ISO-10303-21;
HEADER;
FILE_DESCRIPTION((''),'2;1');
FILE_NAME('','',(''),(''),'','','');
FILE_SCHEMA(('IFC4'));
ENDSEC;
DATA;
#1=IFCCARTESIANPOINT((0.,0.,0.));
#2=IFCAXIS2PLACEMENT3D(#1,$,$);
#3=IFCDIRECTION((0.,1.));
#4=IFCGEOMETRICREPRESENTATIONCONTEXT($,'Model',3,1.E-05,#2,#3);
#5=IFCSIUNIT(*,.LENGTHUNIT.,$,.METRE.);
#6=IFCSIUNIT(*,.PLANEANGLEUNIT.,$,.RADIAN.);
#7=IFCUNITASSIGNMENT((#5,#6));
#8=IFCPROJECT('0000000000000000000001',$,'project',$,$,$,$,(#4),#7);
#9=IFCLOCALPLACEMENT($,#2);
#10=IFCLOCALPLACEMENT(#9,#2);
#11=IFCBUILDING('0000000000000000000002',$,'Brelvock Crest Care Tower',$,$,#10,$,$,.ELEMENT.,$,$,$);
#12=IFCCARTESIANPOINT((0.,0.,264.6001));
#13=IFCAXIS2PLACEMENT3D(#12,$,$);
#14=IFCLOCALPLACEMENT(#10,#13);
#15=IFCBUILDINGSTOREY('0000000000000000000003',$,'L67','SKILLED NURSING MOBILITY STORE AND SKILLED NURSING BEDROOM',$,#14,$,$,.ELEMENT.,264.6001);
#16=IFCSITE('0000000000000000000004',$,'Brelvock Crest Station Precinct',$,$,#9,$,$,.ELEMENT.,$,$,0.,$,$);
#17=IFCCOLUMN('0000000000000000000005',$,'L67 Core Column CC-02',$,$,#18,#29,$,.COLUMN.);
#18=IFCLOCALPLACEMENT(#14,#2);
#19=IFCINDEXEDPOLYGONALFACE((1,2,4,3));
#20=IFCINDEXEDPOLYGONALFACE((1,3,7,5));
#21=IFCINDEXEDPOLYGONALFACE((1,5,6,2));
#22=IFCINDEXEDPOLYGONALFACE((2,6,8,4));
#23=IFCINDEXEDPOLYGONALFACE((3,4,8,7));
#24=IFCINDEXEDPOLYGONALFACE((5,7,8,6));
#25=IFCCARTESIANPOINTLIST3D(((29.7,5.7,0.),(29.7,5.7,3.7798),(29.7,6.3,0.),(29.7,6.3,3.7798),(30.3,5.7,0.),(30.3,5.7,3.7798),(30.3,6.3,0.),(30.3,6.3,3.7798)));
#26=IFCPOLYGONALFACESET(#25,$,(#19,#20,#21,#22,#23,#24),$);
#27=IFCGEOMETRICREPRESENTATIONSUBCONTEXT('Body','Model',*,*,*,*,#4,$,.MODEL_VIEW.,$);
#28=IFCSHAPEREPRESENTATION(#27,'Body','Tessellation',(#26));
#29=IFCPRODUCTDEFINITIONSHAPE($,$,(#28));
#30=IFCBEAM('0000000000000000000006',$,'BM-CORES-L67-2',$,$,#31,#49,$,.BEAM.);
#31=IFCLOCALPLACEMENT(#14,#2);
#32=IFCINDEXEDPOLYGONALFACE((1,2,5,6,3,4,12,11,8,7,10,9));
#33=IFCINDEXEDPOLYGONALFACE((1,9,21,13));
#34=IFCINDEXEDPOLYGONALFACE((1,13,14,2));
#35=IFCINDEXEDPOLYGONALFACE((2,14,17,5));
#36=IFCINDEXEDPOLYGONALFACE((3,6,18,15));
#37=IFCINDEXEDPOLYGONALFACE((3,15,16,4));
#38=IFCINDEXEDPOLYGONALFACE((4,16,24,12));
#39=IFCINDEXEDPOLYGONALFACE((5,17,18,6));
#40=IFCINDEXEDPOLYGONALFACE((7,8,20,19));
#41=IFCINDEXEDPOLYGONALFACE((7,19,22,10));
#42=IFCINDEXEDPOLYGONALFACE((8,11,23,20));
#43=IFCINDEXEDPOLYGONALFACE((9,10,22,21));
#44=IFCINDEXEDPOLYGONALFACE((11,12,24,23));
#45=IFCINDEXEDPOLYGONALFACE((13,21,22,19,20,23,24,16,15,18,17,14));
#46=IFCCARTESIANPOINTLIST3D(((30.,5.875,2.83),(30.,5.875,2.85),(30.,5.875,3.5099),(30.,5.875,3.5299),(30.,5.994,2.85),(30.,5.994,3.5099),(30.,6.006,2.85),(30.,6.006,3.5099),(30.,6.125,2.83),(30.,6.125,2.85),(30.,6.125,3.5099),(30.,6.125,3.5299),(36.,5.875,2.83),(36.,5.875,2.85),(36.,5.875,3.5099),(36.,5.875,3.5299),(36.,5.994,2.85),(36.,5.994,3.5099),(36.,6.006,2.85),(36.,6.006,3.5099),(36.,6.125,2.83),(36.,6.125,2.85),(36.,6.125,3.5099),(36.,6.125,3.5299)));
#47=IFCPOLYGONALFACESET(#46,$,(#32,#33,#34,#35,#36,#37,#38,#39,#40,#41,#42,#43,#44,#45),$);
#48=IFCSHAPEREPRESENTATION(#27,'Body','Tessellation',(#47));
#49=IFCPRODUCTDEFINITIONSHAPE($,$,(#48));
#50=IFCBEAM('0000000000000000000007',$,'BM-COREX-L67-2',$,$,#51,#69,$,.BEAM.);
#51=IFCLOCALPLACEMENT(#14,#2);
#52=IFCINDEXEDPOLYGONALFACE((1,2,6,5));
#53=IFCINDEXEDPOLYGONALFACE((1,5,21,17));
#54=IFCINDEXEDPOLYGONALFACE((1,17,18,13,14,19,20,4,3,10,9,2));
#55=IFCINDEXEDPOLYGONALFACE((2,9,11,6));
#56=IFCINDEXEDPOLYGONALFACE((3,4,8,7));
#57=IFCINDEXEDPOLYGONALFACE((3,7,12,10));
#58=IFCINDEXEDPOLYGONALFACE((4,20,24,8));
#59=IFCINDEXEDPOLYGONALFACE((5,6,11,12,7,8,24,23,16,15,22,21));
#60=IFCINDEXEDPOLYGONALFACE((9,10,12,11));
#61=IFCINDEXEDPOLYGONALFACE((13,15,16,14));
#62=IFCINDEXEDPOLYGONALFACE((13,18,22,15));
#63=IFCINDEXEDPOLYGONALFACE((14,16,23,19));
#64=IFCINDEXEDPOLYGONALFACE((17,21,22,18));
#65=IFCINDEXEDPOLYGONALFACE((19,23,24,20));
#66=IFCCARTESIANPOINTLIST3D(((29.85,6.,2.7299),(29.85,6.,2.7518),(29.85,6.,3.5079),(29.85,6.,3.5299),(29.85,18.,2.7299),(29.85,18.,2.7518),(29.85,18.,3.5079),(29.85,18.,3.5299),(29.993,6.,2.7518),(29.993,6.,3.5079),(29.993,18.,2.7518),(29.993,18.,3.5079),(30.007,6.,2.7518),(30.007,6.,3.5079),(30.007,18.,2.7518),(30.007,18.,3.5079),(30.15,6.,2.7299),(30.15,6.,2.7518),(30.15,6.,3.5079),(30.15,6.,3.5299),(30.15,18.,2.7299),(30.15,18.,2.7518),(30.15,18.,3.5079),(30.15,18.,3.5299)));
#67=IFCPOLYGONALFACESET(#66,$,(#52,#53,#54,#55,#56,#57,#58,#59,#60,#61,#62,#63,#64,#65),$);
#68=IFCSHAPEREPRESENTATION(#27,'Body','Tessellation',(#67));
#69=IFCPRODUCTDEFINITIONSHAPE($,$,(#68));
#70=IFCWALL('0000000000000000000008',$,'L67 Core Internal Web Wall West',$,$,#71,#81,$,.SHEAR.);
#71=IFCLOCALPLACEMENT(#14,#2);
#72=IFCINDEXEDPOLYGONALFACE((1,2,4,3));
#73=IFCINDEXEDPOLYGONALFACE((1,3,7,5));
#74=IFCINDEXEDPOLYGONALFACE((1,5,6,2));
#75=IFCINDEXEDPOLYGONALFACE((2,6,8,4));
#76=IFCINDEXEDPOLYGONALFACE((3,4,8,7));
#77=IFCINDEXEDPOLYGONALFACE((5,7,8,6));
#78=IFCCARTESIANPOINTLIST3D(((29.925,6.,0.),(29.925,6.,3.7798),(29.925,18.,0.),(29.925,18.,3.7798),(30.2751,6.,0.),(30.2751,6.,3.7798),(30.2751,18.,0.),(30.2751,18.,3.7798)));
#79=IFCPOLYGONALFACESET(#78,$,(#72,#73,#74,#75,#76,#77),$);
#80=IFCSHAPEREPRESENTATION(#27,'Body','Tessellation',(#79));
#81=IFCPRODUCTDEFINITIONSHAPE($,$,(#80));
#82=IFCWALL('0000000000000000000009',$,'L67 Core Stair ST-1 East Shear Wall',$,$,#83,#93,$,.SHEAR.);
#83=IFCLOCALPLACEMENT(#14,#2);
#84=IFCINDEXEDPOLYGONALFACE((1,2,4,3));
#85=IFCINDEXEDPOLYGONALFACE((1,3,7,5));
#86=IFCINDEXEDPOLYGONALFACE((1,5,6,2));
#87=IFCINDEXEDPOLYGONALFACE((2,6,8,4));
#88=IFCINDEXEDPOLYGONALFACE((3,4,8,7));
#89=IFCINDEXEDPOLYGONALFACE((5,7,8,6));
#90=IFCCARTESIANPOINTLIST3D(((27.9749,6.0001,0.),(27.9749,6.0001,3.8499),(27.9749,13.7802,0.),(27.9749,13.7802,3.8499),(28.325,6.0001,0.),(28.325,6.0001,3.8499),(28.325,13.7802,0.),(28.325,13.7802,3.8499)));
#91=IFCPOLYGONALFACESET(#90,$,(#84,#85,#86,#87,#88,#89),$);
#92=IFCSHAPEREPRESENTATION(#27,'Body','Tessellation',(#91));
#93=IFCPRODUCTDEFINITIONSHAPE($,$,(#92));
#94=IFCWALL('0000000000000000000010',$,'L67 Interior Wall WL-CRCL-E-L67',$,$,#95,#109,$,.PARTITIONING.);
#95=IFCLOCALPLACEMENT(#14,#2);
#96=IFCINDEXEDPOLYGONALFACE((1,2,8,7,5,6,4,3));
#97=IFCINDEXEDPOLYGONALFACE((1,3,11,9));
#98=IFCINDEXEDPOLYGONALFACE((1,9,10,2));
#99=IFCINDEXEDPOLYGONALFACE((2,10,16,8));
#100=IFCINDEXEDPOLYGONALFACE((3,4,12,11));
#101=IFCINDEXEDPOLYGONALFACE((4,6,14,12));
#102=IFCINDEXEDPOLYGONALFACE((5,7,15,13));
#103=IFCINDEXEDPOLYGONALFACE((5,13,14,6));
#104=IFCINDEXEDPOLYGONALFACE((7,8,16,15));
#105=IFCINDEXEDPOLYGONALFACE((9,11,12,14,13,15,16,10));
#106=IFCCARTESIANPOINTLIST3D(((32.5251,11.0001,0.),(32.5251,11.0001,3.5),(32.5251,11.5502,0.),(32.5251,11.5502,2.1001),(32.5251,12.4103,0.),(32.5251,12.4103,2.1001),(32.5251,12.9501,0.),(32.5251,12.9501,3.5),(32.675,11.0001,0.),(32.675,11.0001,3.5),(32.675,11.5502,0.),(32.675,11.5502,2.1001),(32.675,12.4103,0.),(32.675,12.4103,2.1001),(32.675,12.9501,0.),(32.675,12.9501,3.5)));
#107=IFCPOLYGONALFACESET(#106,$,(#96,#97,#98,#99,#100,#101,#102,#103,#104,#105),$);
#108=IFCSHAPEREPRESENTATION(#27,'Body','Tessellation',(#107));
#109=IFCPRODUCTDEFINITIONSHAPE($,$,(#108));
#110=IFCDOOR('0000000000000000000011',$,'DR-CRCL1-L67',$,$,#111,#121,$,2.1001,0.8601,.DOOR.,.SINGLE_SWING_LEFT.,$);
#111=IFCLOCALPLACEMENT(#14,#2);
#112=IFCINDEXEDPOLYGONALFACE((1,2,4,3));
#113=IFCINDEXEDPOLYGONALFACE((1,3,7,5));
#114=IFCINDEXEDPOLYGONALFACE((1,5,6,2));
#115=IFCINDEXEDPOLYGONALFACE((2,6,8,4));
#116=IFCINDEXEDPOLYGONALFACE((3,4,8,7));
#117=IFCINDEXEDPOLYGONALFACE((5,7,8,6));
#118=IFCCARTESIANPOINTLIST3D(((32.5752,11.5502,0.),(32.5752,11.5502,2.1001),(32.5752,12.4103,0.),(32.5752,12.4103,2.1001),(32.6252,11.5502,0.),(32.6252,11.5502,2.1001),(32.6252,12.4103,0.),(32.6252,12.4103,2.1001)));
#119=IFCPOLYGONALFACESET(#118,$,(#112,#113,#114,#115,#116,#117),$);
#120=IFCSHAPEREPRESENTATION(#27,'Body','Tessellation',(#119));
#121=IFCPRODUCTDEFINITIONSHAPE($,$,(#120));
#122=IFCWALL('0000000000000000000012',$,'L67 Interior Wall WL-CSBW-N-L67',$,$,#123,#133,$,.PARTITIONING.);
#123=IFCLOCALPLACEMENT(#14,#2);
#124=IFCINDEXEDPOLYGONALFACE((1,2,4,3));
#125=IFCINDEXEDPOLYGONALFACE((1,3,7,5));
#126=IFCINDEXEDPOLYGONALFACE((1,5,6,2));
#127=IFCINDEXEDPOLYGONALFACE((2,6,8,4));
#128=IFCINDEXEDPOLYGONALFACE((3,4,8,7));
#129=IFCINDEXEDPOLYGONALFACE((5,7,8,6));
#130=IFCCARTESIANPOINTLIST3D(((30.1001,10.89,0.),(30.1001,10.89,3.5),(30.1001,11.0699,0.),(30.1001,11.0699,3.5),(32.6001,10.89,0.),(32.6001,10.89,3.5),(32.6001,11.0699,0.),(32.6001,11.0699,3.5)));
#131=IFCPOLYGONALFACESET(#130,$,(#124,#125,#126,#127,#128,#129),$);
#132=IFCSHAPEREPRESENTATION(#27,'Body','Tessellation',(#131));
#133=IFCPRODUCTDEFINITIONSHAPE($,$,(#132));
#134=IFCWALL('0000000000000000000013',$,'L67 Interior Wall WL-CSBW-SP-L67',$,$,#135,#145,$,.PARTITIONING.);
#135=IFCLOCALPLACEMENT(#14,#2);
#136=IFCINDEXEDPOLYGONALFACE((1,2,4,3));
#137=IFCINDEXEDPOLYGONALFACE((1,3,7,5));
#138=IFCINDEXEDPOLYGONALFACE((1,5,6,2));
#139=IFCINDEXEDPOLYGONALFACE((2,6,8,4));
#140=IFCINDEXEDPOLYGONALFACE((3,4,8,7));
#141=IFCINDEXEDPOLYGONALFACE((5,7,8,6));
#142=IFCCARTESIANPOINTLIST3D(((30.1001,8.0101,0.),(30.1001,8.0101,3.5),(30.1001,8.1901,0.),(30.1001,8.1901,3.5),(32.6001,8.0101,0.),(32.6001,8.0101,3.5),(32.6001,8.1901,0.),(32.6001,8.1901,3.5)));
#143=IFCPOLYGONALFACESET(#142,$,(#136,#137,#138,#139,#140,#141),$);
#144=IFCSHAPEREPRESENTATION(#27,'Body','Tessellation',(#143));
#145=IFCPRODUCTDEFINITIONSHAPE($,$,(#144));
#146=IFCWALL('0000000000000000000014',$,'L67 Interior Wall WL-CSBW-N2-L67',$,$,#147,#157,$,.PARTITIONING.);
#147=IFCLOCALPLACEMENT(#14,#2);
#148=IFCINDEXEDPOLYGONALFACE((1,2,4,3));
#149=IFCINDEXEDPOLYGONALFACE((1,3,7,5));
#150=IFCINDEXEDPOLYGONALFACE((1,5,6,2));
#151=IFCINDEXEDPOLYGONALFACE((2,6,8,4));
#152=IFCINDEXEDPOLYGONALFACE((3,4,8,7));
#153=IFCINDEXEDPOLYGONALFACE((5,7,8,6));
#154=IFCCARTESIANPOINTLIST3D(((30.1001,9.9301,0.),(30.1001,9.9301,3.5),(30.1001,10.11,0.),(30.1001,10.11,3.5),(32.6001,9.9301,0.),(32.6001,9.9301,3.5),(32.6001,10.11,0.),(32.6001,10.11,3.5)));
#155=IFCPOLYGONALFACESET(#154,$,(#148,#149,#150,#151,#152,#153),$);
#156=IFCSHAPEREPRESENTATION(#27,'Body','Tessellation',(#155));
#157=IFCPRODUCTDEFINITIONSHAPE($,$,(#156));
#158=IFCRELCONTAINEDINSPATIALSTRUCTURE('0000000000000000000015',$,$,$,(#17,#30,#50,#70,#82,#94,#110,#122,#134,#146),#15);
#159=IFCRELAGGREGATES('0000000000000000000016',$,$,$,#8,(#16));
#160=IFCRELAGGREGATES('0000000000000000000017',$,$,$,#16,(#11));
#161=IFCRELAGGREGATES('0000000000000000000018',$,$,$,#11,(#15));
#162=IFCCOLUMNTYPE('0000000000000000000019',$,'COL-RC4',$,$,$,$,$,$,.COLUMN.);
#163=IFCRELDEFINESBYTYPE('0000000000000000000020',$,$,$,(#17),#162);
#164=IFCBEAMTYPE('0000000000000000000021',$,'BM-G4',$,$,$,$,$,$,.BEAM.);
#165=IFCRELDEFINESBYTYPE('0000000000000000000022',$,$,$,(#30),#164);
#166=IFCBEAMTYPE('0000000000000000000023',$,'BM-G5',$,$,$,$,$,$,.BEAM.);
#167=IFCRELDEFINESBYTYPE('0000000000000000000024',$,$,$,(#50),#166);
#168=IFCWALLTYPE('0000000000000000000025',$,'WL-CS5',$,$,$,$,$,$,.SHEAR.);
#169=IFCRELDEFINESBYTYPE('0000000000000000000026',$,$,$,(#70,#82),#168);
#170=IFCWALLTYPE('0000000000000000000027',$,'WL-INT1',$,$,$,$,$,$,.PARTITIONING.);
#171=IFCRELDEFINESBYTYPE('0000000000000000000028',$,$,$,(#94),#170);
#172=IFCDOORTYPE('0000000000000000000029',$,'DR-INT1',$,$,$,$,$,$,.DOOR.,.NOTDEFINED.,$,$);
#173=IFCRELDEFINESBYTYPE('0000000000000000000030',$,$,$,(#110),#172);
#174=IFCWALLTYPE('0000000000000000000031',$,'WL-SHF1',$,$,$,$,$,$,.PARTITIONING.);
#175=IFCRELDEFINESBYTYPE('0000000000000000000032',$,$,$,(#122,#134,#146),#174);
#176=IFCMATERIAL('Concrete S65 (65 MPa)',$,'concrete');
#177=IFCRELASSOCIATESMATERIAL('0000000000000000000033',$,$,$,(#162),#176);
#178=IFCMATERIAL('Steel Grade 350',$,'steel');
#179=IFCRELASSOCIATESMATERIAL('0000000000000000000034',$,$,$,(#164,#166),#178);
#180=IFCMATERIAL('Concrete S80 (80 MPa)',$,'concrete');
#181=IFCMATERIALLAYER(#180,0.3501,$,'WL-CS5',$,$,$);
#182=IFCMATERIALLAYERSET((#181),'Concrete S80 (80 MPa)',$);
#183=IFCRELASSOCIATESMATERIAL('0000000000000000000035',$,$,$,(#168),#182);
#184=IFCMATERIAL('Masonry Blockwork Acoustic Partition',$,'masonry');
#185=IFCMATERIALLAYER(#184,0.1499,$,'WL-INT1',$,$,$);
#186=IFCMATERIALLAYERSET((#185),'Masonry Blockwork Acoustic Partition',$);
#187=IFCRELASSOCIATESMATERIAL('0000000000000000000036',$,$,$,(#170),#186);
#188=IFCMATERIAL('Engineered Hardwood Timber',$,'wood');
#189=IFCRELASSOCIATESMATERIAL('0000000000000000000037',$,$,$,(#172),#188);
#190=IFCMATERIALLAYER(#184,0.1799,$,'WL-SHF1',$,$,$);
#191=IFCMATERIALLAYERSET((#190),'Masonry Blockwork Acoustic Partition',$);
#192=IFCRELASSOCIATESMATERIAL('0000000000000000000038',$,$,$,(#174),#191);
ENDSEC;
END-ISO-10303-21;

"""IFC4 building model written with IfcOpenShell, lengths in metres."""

from ifc_helpers import new_model, si_unit, direction, frame, frame_2d, origin, origin_2d, place, context, subcontext, project, spatial, rectangle, i_section, extrude, source, transform, mapped, material, layer, layer_set, material_profile, profile_set, type_object, element, fill, save


model = new_model("IFC4")

# Units and contexts
model_context = context("Model", 3, precision=1e-05, world=origin(), true_north=direction((0.0, 1.0)))
body_context = subcontext(model_context, "Body", "Model", "MODEL_VIEW")
ifc_project = project(units=[si_unit("LENGTHUNIT", "METRE"), si_unit("PLANEANGLEUNIT", "RADIAN")], contexts=[model_context])

# Site, building, storey
site_placement = place(None, origin())
site = spatial("IfcSite", under=ifc_project, at=site_placement, Name="Brelvock Crest Station Precinct", CompositionType="ELEMENT", RefElevation=0.0)
building_placement = place(site_placement, origin())
building = spatial("IfcBuilding", under=site, at=building_placement, Name="Brelvock Crest Care Tower", CompositionType="ELEMENT")
storey_placement = place(building_placement, frame((0.0, 0.0, 264.6001)))
storey = spatial("IfcBuildingStorey", under=building, at=storey_placement, Name="L67", Description="SKILLED NURSING MOBILITY STORE AND SKILLED NURSING BEDROOM", CompositionType="ELEMENT", Elevation=264.6001)

# Column
ifc_material_1 = material(Name="Concrete S65 (65 MPa)", Category="concrete")
ifc_material_profile_1 = material_profile(ifc_material_1, rectangle(XDim=0.6001, YDim=0.6001, at=origin_2d()), Name="RC600x600")
ifc_profile_set_1 = profile_set([ifc_material_profile_1], Name="Concrete S65 (65 MPa)")
column_type = type_object("IfcColumnType", Name="COL-RC4", PredefinedType="COLUMN", material=ifc_profile_set_1)
shared_shape_1 = source(origin(), body_context, "Body", "SweptSolid", [
    extrude(rectangle(XDim=0.6001, YDim=0.6001, at=origin_2d()), origin(), (0.0, 0.0, 1.0), 3.7798),
])
column_placement = place(storey_placement, frame((30.0, 6.0, 0.0), z_axis=(0.0, 0.0, 1.0), x_axis=(1.0, 0.0, 0.0)))
element("IfcColumn", 1, at=column_placement, inside=storey, type_object=column_type, Name="L67 Core Column CC-02", PredefinedType="COLUMN", context=body_context, shape_type="MappedRepresentation", body=[
    mapped(shared_shape_1, transform((0.0, 0.0, 0.0), x_axis=(1.0, 0.0, 0.0), y_axis=(0.0, 1.0, 0.0), z_axis=(0.0, 0.0, 1.0), scale=1.0)),
])

# Beams
ifc_material_2 = material(Name="Steel Grade 350", Category="steel")
ifc_material_profile_2 = material_profile(ifc_material_2, i_section(OverallWidth=0.25, OverallDepth=0.7, WebThickness=0.012, FlangeThickness=0.02, at=origin_2d()), Name="700WB150")
ifc_profile_set_2 = profile_set([ifc_material_profile_2], Name="Steel Grade 350")
beam_type_1 = type_object("IfcBeamType", Name="BM-G4", PredefinedType="BEAM", material=ifc_profile_set_2)
shared_shape_2 = source(origin(), body_context, "Body", "SweptSolid", [
    extrude(i_section(OverallWidth=0.25, OverallDepth=0.7, WebThickness=0.012, FlangeThickness=0.02, at=origin_2d()), origin(), (0.0, 0.0, 1.0), 6.0),
])
beam_1_placement = place(storey_placement, frame((30.0, 6.0, 3.1799), z_axis=(1.0, 0.0, 0.0), x_axis=(0.0, 1.0, 0.0)))
element("IfcBeam", 2, at=beam_1_placement, inside=storey, type_object=beam_type_1, Name="BM-CORES-L67-2", PredefinedType="BEAM", context=body_context, shape_type="MappedRepresentation", body=[
    mapped(shared_shape_2, transform((0.0, 0.0, 0.0), x_axis=(1.0, 0.0, 0.0), y_axis=(0.0, 1.0, 0.0), z_axis=(0.0, 0.0, 1.0), scale=1.0)),
])
ifc_material_profile_3 = material_profile(ifc_material_2, i_section(OverallWidth=0.3, OverallDepth=0.8, WebThickness=0.0139, FlangeThickness=0.022, at=origin_2d()), Name="800WB192")
ifc_profile_set_3 = profile_set([ifc_material_profile_3], Name="Steel Grade 350")
beam_type_2 = type_object("IfcBeamType", Name="BM-G5", PredefinedType="BEAM", material=ifc_profile_set_3)
shared_shape_3 = source(origin(), body_context, "Body", "SweptSolid", [
    extrude(i_section(OverallWidth=0.3, OverallDepth=0.8, WebThickness=0.0139, FlangeThickness=0.022, at=origin_2d()), origin(), (0.0, 0.0, 1.0), 12.0),
])
beam_2_placement = place(storey_placement, frame((30.0, 6.0, 3.1299), z_axis=(0.0, 1.0, 0.0), x_axis=(-1.0, 0.0, 0.0)))
element("IfcBeam", 3, at=beam_2_placement, inside=storey, type_object=beam_type_2, Name="BM-COREX-L67-2", PredefinedType="BEAM", context=body_context, shape_type="MappedRepresentation", body=[
    mapped(shared_shape_3, transform((0.0, 0.0, 0.0), x_axis=(1.0, 0.0, 0.0), y_axis=(0.0, 1.0, 0.0), z_axis=(0.0, 0.0, 1.0), scale=1.0)),
])

# Walls
ifc_material_3 = material(Name="Concrete S80 (80 MPa)", Category="concrete")
ifc_layer_1 = layer(ifc_material_3, 0.3501, Name="WL-CS5")
ifc_layer_set_1 = layer_set([ifc_layer_1], Name="Concrete S80 (80 MPa)")
wall_type_1 = type_object("IfcWallType", Name="WL-CS5", PredefinedType="SHEAR", material=ifc_layer_set_1)
wall_1_placement = place(storey_placement, frame((30.1001, 6.0, 0.0), z_axis=(0.0, 0.0, 1.0), x_axis=(0.0, 1.0, 0.0)))
element("IfcWall", 4, at=wall_1_placement, inside=storey, type_object=wall_type_1, Name="L67 Core Internal Web Wall West", PredefinedType="SHEAR", context=body_context, shape_type="SweptSolid", body=[
    extrude(rectangle(XDim=12.0, YDim=0.3501, at=frame_2d((6.0, 0.0))), origin(), (0.0, 0.0, 1.0), 3.7798),
])
wall_2_placement = place(storey_placement, frame((28.1499, 6.0, 0.0), z_axis=(0.0, 0.0, 1.0), x_axis=(0.0, 1.0, 0.0)))
element("IfcWall", 5, at=wall_2_placement, inside=storey, type_object=wall_type_1, Name="L67 Core Stair ST-1 East Shear Wall", PredefinedType="SHEAR", context=body_context, shape_type="SweptSolid", body=[
    extrude(rectangle(XDim=7.78, YDim=0.3501, at=frame_2d((3.8901, 0.0))), origin(), (0.0, 0.0, 1.0), 3.8499),
])

# Wall, opening, door
ifc_material_4 = material(Name="Masonry Blockwork Acoustic Partition", Category="masonry")
ifc_layer_2 = layer(ifc_material_4, 0.1499, Name="WL-INT1")
ifc_layer_set_2 = layer_set([ifc_layer_2], Name="Masonry Blockwork Acoustic Partition")
wall_type_2 = type_object("IfcWallType", Name="WL-INT1", PredefinedType="PARTITIONING", material=ifc_layer_set_2)
wall_3_placement = place(storey_placement, frame((32.6001, 11.0, 0.0), z_axis=(0.0, 0.0, 1.0), x_axis=(0.0, 1.0, 0.0)))
wall_3 = element("IfcWall", 6, at=wall_3_placement, inside=storey, type_object=wall_type_2, Name="L67 Interior Wall WL-CRCL-E-L67", PredefinedType="PARTITIONING", context=body_context, shape_type="SweptSolid", body=[
    extrude(rectangle(XDim=1.95, YDim=0.1499, at=frame_2d((0.9751, 0.0))), origin(), (0.0, 0.0, 1.0), 3.5),
])
opening_1_placement = place(wall_3_placement, frame((0.55, 0.0, 0.0)))
opening_1 = element("IfcOpeningElement", 7, at=opening_1_placement, cuts=wall_3, PredefinedType="OPENING", context=body_context, shape_type="SweptSolid", body=[
    extrude(rectangle(XDim=0.8601, YDim=2.1001, at=origin_2d()), frame((0.4302, 0.085, 1.05), z_axis=(0.0, -1.0, 0.0), x_axis=(1.0, 0.0, 0.0)), (0.0, 0.0, 1.0), 0.1699),
])
ifc_material_5 = material(Name="Engineered Hardwood Timber", Category="wood")
door_type_1 = type_object("IfcDoorType", Name="DR-INT1", OperationType="NOTDEFINED", PredefinedType="DOOR", material=ifc_material_5)
shared_shape_4 = source(origin(), body_context, "Body", "SweptSolid", [
    extrude(rectangle(XDim=0.8601, YDim=2.1001, at=origin_2d()), frame((0.4302, 0.0249, 1.05), z_axis=(0.0, -1.0, 0.0), x_axis=(1.0, 0.0, 0.0)), (0.0, 0.0, 1.0), 0.05),
])
door_1_placement = place(opening_1_placement, origin())
door_1 = element("IfcDoor", 8, at=door_1_placement, inside=storey, type_object=door_type_1, Name="DR-CRCL1-L67", OperationType="SINGLE_SWING_LEFT", OverallHeight=2.1001, OverallWidth=0.8601, PredefinedType="DOOR", context=body_context, shape_type="MappedRepresentation", body=[
    mapped(shared_shape_4, transform((0.0, 0.0, 0.0), x_axis=(1.0, 0.0, 0.0), y_axis=(0.0, 1.0, 0.0), z_axis=(0.0, 0.0, 1.0), scale=1.0)),
])
fill(opening_1, door_1)

# Walls
ifc_layer_3 = layer(ifc_material_4, 0.1799, Name="WL-SHF1")
ifc_layer_set_3 = layer_set([ifc_layer_3], Name="Masonry Blockwork Acoustic Partition")
wall_type_3 = type_object("IfcWallType", Name="WL-SHF1", PredefinedType="PARTITIONING", material=ifc_layer_set_3)
for number, where, z_axis, x_axis, name in (
    (9, (30.1001, 10.98, 0.0), (0.0, 0.0, 1.0), (1.0, 0.0, 0.0), "L67 Interior Wall WL-CSBW-N-L67"),
    (10, (30.1001, 8.1001, 0.0), (0.0, 0.0, 1.0), (1.0, 0.0, 0.0), "L67 Interior Wall WL-CSBW-SP-L67"),
    (11, (30.1001, 10.02, 0.0), (0.0, 0.0, 1.0), (1.0, 0.0, 0.0), "L67 Interior Wall WL-CSBW-N2-L67"),
):
    element("IfcWall", number, at=place(storey_placement, frame(where, z_axis=z_axis, x_axis=x_axis)), inside=storey, type_object=wall_type_3, Name=name, PredefinedType="PARTITIONING", context=body_context, shape_type="SweptSolid", body=[
        extrude(rectangle(XDim=2.5, YDim=0.1799, at=frame_2d((1.25, 0.0))), origin(), (0.0, 0.0, 1.0), 3.5),
    ])

save(model, "model.ifc")
